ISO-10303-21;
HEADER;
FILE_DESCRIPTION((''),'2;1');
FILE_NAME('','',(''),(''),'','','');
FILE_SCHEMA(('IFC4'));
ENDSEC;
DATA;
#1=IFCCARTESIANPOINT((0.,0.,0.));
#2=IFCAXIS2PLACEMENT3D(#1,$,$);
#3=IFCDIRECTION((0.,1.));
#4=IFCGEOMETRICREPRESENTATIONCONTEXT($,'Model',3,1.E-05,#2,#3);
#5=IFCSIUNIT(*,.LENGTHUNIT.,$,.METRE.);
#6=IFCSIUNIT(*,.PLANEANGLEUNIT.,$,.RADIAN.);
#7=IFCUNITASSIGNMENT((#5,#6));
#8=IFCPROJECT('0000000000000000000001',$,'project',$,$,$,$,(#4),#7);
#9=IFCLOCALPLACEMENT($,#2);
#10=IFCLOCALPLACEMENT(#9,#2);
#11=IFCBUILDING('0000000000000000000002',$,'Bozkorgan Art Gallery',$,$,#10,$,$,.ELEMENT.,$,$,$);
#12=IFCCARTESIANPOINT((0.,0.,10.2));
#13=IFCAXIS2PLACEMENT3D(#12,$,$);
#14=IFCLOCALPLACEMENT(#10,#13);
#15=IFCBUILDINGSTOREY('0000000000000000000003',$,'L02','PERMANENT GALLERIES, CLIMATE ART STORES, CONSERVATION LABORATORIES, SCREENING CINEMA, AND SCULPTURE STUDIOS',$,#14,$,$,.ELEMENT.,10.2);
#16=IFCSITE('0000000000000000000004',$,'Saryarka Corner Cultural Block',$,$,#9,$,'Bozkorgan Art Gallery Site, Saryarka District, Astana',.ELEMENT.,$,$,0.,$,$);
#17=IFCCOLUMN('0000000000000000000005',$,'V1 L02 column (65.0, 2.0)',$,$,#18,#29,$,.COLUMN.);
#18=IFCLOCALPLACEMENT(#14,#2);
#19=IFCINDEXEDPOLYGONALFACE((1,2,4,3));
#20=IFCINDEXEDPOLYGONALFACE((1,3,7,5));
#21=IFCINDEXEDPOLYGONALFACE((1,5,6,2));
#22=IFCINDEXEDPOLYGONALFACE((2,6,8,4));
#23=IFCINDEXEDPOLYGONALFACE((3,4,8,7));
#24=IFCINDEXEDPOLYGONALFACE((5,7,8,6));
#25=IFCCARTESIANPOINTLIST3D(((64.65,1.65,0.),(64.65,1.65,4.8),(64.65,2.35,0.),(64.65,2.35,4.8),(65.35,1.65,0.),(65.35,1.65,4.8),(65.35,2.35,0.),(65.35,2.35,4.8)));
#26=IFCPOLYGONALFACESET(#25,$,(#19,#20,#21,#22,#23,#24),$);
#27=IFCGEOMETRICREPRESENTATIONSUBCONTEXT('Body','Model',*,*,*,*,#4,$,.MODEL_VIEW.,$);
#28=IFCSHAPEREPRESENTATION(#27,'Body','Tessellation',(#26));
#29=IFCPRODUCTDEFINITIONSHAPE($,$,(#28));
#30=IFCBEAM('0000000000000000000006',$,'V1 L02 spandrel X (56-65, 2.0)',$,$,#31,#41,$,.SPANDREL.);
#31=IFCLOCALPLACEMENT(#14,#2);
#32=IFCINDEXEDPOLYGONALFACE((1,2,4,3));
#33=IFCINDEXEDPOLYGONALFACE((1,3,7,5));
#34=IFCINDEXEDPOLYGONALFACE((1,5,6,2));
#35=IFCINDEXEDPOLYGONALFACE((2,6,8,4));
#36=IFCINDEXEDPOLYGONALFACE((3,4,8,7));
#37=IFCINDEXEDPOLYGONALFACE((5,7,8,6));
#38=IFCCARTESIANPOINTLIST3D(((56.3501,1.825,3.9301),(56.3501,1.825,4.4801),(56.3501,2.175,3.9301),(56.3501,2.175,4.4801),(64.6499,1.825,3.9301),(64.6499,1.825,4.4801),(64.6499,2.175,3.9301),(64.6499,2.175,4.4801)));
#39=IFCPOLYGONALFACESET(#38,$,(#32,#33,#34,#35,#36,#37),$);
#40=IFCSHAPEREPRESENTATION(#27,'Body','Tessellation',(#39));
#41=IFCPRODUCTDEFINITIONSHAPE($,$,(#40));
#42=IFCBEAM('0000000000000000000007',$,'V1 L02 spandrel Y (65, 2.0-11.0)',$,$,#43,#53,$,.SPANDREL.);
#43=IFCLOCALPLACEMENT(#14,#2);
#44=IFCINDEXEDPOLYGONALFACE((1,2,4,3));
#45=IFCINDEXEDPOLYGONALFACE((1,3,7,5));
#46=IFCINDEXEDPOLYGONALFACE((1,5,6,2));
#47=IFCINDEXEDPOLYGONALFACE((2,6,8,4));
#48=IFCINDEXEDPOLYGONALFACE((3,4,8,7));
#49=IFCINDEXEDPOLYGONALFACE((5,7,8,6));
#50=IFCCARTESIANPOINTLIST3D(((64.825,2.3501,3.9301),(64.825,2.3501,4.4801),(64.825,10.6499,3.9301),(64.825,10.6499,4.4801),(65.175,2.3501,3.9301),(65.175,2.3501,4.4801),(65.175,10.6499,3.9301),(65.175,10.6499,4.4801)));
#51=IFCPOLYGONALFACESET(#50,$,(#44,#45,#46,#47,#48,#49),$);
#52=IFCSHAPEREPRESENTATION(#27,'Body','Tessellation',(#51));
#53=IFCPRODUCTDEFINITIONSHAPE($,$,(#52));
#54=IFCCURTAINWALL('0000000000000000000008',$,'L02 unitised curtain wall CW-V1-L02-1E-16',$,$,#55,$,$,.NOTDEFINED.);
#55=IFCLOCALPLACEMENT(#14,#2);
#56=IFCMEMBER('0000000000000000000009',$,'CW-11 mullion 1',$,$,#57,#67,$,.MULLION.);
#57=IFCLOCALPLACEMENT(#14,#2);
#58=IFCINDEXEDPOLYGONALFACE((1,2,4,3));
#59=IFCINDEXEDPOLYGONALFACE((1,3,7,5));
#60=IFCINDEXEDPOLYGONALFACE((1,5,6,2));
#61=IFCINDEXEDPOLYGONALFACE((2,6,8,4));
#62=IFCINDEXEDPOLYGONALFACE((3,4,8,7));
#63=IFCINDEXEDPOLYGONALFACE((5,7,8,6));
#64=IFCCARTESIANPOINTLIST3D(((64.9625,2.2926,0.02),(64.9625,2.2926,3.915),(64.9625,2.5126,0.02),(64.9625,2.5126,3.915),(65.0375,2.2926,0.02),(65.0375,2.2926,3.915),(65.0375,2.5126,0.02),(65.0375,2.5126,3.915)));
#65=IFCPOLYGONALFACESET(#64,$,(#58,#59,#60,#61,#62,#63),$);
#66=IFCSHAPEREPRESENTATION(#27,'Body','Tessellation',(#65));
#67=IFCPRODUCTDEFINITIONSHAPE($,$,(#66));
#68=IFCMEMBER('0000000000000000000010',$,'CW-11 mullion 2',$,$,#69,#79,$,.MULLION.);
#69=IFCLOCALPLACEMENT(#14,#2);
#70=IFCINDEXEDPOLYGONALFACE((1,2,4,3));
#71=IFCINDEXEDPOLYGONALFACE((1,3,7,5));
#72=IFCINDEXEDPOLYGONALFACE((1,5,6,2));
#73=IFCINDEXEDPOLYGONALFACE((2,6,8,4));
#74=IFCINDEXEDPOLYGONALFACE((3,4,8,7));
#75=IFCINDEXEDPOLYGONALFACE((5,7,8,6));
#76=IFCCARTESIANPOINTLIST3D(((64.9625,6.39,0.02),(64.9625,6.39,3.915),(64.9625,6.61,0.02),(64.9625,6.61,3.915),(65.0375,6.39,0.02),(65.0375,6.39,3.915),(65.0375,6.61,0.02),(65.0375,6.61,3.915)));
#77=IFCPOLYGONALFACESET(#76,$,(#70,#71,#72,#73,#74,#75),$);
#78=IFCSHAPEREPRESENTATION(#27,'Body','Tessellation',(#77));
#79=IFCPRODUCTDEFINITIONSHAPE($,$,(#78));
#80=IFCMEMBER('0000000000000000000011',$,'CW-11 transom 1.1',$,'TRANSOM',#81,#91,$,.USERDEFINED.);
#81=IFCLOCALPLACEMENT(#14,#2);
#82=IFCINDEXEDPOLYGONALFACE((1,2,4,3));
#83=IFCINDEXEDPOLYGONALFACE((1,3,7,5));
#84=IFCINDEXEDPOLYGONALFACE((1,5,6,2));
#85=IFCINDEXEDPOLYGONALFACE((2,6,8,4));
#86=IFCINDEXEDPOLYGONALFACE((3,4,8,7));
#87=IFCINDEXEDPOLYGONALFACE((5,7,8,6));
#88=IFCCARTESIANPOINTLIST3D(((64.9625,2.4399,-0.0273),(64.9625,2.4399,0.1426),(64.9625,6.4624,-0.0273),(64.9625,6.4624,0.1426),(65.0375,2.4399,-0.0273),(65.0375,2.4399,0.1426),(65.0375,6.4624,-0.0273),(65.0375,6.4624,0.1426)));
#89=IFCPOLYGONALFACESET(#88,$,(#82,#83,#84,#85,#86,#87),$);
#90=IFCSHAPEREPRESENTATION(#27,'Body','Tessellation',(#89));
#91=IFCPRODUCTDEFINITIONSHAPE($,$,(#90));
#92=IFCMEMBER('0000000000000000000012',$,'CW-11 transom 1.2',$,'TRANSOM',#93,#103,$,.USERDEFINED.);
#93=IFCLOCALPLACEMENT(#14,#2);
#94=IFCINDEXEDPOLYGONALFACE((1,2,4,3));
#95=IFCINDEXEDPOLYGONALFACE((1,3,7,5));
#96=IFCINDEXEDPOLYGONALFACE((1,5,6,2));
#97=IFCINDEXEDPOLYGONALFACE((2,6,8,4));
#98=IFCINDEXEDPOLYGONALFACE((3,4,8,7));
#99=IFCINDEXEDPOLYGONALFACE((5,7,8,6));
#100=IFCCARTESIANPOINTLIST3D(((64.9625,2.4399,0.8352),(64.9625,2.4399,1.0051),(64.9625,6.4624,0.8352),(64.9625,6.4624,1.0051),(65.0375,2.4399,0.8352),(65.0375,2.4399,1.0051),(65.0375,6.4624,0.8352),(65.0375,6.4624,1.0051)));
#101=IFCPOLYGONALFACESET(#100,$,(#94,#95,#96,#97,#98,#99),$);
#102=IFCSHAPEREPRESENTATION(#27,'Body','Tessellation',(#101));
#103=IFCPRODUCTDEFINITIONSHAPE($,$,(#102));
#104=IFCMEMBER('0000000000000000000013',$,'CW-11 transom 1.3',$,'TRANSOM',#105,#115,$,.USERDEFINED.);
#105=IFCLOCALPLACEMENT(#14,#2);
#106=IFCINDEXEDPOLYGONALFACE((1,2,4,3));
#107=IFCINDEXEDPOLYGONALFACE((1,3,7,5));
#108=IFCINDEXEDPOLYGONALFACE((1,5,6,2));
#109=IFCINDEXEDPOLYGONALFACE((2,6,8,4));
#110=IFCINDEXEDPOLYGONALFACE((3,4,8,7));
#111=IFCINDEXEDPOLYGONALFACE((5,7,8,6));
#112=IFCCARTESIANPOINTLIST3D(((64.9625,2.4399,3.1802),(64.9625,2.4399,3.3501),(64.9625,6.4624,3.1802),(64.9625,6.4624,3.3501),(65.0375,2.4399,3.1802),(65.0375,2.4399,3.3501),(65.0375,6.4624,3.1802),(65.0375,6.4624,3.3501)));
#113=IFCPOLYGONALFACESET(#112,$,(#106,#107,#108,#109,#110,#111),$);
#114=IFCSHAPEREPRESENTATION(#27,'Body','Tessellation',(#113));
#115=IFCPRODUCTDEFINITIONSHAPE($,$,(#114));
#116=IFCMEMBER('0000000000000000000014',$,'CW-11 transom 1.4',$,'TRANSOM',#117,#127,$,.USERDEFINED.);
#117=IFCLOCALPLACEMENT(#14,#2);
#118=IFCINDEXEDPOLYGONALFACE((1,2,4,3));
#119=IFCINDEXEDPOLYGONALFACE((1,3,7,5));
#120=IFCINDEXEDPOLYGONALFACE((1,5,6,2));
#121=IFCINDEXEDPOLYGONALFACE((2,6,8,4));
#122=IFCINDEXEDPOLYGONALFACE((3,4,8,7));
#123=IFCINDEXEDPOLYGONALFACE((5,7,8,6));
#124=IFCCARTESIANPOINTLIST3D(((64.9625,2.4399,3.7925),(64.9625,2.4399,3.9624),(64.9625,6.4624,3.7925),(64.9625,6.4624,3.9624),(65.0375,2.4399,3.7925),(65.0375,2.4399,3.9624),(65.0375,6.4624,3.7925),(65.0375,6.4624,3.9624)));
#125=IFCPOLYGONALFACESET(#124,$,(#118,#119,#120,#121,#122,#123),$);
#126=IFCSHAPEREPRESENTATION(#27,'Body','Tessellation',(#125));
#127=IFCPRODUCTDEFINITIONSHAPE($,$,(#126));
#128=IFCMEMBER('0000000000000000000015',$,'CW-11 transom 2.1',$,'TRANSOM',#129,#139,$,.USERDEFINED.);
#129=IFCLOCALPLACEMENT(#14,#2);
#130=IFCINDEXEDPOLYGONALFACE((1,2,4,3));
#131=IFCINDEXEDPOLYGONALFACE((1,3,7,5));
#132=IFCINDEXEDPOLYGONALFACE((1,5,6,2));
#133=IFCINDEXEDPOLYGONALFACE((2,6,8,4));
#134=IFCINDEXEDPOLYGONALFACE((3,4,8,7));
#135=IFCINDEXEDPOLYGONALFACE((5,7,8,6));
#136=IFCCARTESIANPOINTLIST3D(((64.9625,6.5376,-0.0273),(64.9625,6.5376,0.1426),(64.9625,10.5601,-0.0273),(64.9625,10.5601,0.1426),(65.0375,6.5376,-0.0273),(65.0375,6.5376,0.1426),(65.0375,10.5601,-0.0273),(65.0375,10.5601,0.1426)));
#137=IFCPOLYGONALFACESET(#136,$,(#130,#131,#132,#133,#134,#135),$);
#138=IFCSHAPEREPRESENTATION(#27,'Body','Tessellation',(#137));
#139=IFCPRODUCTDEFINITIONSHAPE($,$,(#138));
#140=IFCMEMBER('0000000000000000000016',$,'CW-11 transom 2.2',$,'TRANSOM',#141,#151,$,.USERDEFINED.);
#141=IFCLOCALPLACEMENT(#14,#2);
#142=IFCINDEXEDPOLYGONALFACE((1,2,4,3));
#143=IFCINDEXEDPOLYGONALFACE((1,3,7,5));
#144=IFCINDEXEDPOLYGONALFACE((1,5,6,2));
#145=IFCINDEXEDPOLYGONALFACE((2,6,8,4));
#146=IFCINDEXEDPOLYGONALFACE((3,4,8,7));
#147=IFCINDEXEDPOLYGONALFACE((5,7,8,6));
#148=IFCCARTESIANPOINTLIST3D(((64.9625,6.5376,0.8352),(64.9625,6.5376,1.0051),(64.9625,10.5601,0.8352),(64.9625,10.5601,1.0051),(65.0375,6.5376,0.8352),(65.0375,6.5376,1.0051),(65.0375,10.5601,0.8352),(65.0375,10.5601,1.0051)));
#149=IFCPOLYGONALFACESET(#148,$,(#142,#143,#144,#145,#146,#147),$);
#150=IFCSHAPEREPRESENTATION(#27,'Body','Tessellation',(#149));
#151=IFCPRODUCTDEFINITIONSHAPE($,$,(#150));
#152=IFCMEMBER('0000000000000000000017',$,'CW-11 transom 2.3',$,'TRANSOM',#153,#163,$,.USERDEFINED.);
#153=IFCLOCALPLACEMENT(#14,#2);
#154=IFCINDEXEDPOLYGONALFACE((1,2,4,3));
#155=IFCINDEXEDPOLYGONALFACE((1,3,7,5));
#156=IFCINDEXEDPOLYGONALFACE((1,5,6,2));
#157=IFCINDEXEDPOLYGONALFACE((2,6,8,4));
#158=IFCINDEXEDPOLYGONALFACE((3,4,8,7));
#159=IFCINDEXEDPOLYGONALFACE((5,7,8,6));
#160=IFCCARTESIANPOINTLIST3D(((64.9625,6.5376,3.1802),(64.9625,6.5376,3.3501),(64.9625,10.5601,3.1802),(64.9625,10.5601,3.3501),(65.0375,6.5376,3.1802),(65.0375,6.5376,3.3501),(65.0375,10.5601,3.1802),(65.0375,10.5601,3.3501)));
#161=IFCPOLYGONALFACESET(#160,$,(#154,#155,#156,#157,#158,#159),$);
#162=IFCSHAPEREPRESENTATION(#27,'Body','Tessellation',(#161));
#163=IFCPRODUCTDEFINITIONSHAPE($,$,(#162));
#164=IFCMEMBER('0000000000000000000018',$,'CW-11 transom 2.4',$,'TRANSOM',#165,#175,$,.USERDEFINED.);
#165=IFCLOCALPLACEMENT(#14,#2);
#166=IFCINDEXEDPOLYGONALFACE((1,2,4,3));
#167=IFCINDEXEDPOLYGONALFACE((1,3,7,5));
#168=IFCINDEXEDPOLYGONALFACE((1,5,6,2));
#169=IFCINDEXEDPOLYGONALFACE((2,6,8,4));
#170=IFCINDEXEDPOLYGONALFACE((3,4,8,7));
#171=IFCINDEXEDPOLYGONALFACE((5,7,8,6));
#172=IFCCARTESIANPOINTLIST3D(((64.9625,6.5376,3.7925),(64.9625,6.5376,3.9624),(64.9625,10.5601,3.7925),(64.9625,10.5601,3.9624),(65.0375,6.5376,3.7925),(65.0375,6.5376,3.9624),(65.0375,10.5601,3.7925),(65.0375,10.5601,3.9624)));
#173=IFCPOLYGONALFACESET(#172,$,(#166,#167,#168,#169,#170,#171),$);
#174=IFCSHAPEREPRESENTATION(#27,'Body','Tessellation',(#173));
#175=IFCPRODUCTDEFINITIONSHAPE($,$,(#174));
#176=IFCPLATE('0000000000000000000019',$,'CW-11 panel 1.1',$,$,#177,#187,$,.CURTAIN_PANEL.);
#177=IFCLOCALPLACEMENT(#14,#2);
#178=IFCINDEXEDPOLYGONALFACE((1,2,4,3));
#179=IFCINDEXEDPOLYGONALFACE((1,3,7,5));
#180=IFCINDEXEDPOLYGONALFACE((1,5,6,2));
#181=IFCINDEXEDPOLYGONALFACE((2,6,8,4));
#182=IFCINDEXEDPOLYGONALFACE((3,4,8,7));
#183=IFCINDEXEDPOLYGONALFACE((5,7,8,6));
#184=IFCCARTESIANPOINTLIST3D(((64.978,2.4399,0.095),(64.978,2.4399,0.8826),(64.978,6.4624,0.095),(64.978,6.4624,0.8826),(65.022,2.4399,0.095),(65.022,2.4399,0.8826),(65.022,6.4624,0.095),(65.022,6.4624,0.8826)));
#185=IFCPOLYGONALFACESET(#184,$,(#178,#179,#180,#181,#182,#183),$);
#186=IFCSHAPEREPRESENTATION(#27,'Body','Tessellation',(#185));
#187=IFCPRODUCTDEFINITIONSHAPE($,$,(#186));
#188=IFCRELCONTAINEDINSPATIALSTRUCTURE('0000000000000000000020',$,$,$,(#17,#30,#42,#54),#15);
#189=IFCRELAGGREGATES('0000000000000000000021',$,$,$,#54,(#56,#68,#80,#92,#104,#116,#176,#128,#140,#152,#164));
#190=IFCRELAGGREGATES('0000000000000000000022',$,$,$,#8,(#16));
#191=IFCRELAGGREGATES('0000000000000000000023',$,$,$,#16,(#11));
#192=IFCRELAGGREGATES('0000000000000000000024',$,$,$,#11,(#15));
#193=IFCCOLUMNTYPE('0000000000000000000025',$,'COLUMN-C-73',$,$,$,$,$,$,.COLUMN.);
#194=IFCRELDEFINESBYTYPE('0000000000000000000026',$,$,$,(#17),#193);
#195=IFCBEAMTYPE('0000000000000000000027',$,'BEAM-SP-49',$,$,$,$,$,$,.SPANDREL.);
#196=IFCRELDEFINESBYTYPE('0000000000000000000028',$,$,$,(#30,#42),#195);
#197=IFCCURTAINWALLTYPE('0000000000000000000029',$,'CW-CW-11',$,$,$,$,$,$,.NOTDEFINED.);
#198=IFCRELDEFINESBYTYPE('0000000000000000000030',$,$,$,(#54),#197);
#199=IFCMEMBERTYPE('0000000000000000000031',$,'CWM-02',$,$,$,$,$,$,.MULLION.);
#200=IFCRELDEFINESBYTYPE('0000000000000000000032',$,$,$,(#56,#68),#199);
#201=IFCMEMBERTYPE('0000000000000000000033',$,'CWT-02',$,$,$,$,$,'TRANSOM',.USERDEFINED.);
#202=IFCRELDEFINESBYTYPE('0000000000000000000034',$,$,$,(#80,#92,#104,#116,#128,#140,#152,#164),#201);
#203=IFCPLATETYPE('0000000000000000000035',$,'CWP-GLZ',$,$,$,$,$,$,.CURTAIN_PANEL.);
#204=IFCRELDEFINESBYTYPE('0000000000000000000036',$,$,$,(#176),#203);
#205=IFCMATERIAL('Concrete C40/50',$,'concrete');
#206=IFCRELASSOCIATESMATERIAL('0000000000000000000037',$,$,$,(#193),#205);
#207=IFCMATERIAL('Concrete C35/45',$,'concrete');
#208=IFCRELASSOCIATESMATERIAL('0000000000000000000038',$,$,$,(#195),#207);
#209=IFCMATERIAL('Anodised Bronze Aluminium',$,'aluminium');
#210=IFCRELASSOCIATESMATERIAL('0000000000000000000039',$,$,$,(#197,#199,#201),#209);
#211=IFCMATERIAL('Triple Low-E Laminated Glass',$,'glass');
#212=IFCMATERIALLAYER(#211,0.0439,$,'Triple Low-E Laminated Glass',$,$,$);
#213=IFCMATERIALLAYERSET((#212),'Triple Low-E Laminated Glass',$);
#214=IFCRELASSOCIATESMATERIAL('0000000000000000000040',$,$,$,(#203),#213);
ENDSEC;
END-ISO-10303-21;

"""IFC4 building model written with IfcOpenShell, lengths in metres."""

from ifc_helpers import new_model, si_unit, direction, frame, origin, origin_2d, place, context, subcontext, project, spatial, rectangle, extrude, material, layer, layer_set, material_profile, profile_set, type_object, element, aggregate, save


model = new_model("IFC4")

# Units and contexts
model_context = context("Model", 3, precision=1e-05, world=origin(), true_north=direction((0.0, 1.0)))
body_context = subcontext(model_context, "Body", "Model", "MODEL_VIEW")
ifc_project = project(units=[si_unit("LENGTHUNIT", "METRE"), si_unit("PLANEANGLEUNIT", "RADIAN")], contexts=[model_context])

# Site, building, storey
site_placement = place(None, origin())
site = spatial("IfcSite", under=ifc_project, at=site_placement, Name="Saryarka Corner Cultural Block", LongName="Bozkorgan Art Gallery Site, Saryarka District, Astana", CompositionType="ELEMENT", RefElevation=0.0)
building_placement = place(site_placement, origin())
building = spatial("IfcBuilding", under=site, at=building_placement, Name="Bozkorgan Art Gallery", CompositionType="ELEMENT")
storey_placement = place(building_placement, frame((0.0, 0.0, 10.2)))
storey = spatial("IfcBuildingStorey", under=building, at=storey_placement, Name="L02", Description="PERMANENT GALLERIES, CLIMATE ART STORES, CONSERVATION LABORATORIES, SCREENING CINEMA, AND SCULPTURE STUDIOS", CompositionType="ELEMENT", Elevation=10.2)

# Column
ifc_material_1 = material(Name="Concrete C40/50", Category="concrete")
ifc_material_profile_1 = material_profile(ifc_material_1, rectangle(XDim=0.7, YDim=0.7, at=origin_2d()), Name="RC 700x700")
ifc_profile_set_1 = profile_set([ifc_material_profile_1], Name="Concrete C40/50")
column_type = type_object("IfcColumnType", Name="COLUMN-C-73", PredefinedType="COLUMN", material=ifc_profile_set_1)
column_placement = place(storey_placement, frame((65.0, 2.0, 0.0), z_axis=(0.0, 0.0, 1.0), x_axis=(1.0, 0.0, 0.0)))
element("IfcColumn", 1, at=column_placement, inside=storey, type_object=column_type, Name="V1 L02 column (65.0, 2.0)", PredefinedType="COLUMN", context=body_context, shape_type="SweptSolid", body=[
    extrude(rectangle(XDim=0.7, YDim=0.7, at=origin_2d()), origin(), (0.0, 0.0, 1.0), 4.8),
])

# Beams
ifc_material_2 = material(Name="Concrete C35/45", Category="concrete")
ifc_material_profile_2 = material_profile(ifc_material_2, rectangle(XDim=0.3501, YDim=0.55, at=origin_2d()), Name="RC 350x550")
ifc_profile_set_2 = profile_set([ifc_material_profile_2], Name="Concrete C35/45")
beam_type = type_object("IfcBeamType", Name="BEAM-SP-49", PredefinedType="SPANDREL", material=ifc_profile_set_2)
for number, where, z_axis, x_axis, name in (
    (2, (56.3501, 2.0, 4.2051), (1.0, 0.0, 0.0), (0.0, 1.0, 0.0), "V1 L02 spandrel X (56-65, 2.0)"),
    (3, (65.0, 2.3501, 4.2051), (0.0, 1.0, 0.0), (-1.0, 0.0, 0.0), "V1 L02 spandrel Y (65, 2.0-11.0)"),
):
    element("IfcBeam", number, at=place(storey_placement, frame(where, z_axis=z_axis, x_axis=x_axis)), inside=storey, type_object=beam_type, Name=name, PredefinedType="SPANDREL", context=body_context, shape_type="SweptSolid", body=[
        extrude(rectangle(XDim=0.3501, YDim=0.55, at=origin_2d()), origin(), (0.0, 0.0, 1.0), 8.2998),
    ])

# Curtain wall, members, plate
ifc_material_3 = material(Name="Anodised Bronze Aluminium", Category="aluminium")
curtain_wall_type = type_object("IfcCurtainWallType", Name="CW-CW-11", PredefinedType="NOTDEFINED", material=ifc_material_3)
curtain_wall_placement = place(storey_placement, origin())
curtain_wall = element("IfcCurtainWall", 4, at=curtain_wall_placement, inside=storey, type_object=curtain_wall_type, Name="L02 unitised curtain wall CW-V1-L02-1E-16", PredefinedType="NOTDEFINED")
ifc_material_profile_3 = material_profile(ifc_material_3, rectangle(XDim=0.075, YDim=0.22, at=origin_2d()), Name="ALU MULLION 75x220")
ifc_profile_set_3 = profile_set([ifc_material_profile_3], Name="Anodised Bronze Aluminium")
member_type_1 = type_object("IfcMemberType", Name="CWM-02", PredefinedType="MULLION", material=ifc_profile_set_3)
member_1_placement = place(storey_placement, frame((65.0, 2.4026, 0.02), z_axis=(0.0, 0.0, 1.0), x_axis=(-1.0, 0.0, 0.0)))
member_1 = element("IfcMember", 5, at=member_1_placement, type_object=member_type_1, Name="CW-11 mullion 1", PredefinedType="MULLION", context=body_context, shape_type="SweptSolid", body=[
    extrude(rectangle(XDim=0.075, YDim=0.22, at=origin_2d()), origin(), (0.0, 0.0, 1.0), 3.895),
])
member_2_placement = place(storey_placement, frame((65.0, 6.5, 0.02), z_axis=(0.0, 0.0, 1.0), x_axis=(-1.0, 0.0, 0.0)))
member_2 = element("IfcMember", 6, at=member_2_placement, type_object=member_type_1, Name="CW-11 mullion 2", PredefinedType="MULLION", context=body_context, shape_type="SweptSolid", body=[
    extrude(rectangle(XDim=0.075, YDim=0.22, at=origin_2d()), origin(), (0.0, 0.0, 1.0), 3.895),
])
ifc_material_profile_4 = material_profile(ifc_material_3, rectangle(XDim=0.075, YDim=0.1699, at=origin_2d()), Name="ALU TRANSOM 75x170")
ifc_profile_set_4 = profile_set([ifc_material_profile_4], Name="Anodised Bronze Aluminium")
member_type_2 = type_object("IfcMemberType", Name="CWT-02", ElementType="TRANSOM", PredefinedType="USERDEFINED", material=ifc_profile_set_4)
member_3_placement = place(storey_placement, frame((65.0, 2.4399, 0.0576), z_axis=(0.0, 1.0, 0.0), x_axis=(-1.0, 0.0, 0.0)))
member_3 = element("IfcMember", 7, at=member_3_placement, type_object=member_type_2, Name="CW-11 transom 1.1", ObjectType="TRANSOM", PredefinedType="USERDEFINED", context=body_context, shape_type="SweptSolid", body=[
    extrude(rectangle(XDim=0.075, YDim=0.1699, at=origin_2d()), origin(), (0.0, 0.0, 1.0), 4.0225),
])
member_4_placement = place(storey_placement, frame((65.0, 2.4399, 0.9202), z_axis=(0.0, 1.0, 0.0), x_axis=(-1.0, 0.0, 0.0)))
member_4 = element("IfcMember", 8, at=member_4_placement, type_object=member_type_2, Name="CW-11 transom 1.2", ObjectType="TRANSOM", PredefinedType="USERDEFINED", context=body_context, shape_type="SweptSolid", body=[
    extrude(rectangle(XDim=0.075, YDim=0.1699, at=origin_2d()), origin(), (0.0, 0.0, 1.0), 4.0225),
])
member_5_placement = place(storey_placement, frame((65.0, 2.4399, 3.2651), z_axis=(0.0, 1.0, 0.0), x_axis=(-1.0, 0.0, 0.0)))
member_5 = element("IfcMember", 9, at=member_5_placement, type_object=member_type_2, Name="CW-11 transom 1.3", ObjectType="TRANSOM", PredefinedType="USERDEFINED", context=body_context, shape_type="SweptSolid", body=[
    extrude(rectangle(XDim=0.075, YDim=0.1699, at=origin_2d()), origin(), (0.0, 0.0, 1.0), 4.0225),
])
member_6_placement = place(storey_placement, frame((65.0, 2.4399, 3.8774), z_axis=(0.0, 1.0, 0.0), x_axis=(-1.0, 0.0, 0.0)))
member_6 = element("IfcMember", 10, at=member_6_placement, type_object=member_type_2, Name="CW-11 transom 1.4", ObjectType="TRANSOM", PredefinedType="USERDEFINED", context=body_context, shape_type="SweptSolid", body=[
    extrude(rectangle(XDim=0.075, YDim=0.1699, at=origin_2d()), origin(), (0.0, 0.0, 1.0), 4.0225),
])
member_7_placement = place(storey_placement, frame((65.0, 6.5376, 0.0576), z_axis=(0.0, 1.0, 0.0), x_axis=(-1.0, 0.0, 0.0)))
member_7 = element("IfcMember", 11, at=member_7_placement, type_object=member_type_2, Name="CW-11 transom 2.1", ObjectType="TRANSOM", PredefinedType="USERDEFINED", context=body_context, shape_type="SweptSolid", body=[
    extrude(rectangle(XDim=0.075, YDim=0.1699, at=origin_2d()), origin(), (0.0, 0.0, 1.0), 4.0225),
])
member_8_placement = place(storey_placement, frame((65.0, 6.5376, 0.9202), z_axis=(0.0, 1.0, 0.0), x_axis=(-1.0, 0.0, 0.0)))
member_8 = element("IfcMember", 12, at=member_8_placement, type_object=member_type_2, Name="CW-11 transom 2.2", ObjectType="TRANSOM", PredefinedType="USERDEFINED", context=body_context, shape_type="SweptSolid", body=[
    extrude(rectangle(XDim=0.075, YDim=0.1699, at=origin_2d()), origin(), (0.0, 0.0, 1.0), 4.0225),
])
member_9_placement = place(storey_placement, frame((65.0, 6.5376, 3.2651), z_axis=(0.0, 1.0, 0.0), x_axis=(-1.0, 0.0, 0.0)))
member_9 = element("IfcMember", 13, at=member_9_placement, type_object=member_type_2, Name="CW-11 transom 2.3", ObjectType="TRANSOM", PredefinedType="USERDEFINED", context=body_context, shape_type="SweptSolid", body=[
    extrude(rectangle(XDim=0.075, YDim=0.1699, at=origin_2d()), origin(), (0.0, 0.0, 1.0), 4.0225),
])
member_10_placement = place(storey_placement, frame((65.0, 6.5376, 3.8774), z_axis=(0.0, 1.0, 0.0), x_axis=(-1.0, 0.0, 0.0)))
member_10 = element("IfcMember", 14, at=member_10_placement, type_object=member_type_2, Name="CW-11 transom 2.4", ObjectType="TRANSOM", PredefinedType="USERDEFINED", context=body_context, shape_type="SweptSolid", body=[
    extrude(rectangle(XDim=0.075, YDim=0.1699, at=origin_2d()), origin(), (0.0, 0.0, 1.0), 4.0225),
])
ifc_material_4 = material(Name="Triple Low-E Laminated Glass", Category="glass")
ifc_layer_1 = layer(ifc_material_4, 0.0439, Name="Triple Low-E Laminated Glass")
ifc_layer_set_1 = layer_set([ifc_layer_1], Name="Triple Low-E Laminated Glass")
plate_type = type_object("IfcPlateType", Name="CWP-GLZ", PredefinedType="CURTAIN_PANEL", material=ifc_layer_set_1)
plate_1_placement = place(storey_placement, frame((65.0, 4.4512, 0.095), z_axis=(0.0, 0.0, 1.0), x_axis=(0.0, 1.0, 0.0)))
plate_1 = element("IfcPlate", 15, at=plate_1_placement, type_object=plate_type, Name="CW-11 panel 1.1", PredefinedType="CURTAIN_PANEL", context=body_context, shape_type="SweptSolid", body=[
    extrude(rectangle(XDim=4.0225, YDim=0.0439, at=origin_2d()), origin(), (0.0, 0.0, 1.0), 0.7876),
])
aggregate(curtain_wall, [member_1, member_2, member_3, member_4, member_5, member_6, plate_1, member_7, member_8, member_9, member_10])

save(model, "model.ifc")
